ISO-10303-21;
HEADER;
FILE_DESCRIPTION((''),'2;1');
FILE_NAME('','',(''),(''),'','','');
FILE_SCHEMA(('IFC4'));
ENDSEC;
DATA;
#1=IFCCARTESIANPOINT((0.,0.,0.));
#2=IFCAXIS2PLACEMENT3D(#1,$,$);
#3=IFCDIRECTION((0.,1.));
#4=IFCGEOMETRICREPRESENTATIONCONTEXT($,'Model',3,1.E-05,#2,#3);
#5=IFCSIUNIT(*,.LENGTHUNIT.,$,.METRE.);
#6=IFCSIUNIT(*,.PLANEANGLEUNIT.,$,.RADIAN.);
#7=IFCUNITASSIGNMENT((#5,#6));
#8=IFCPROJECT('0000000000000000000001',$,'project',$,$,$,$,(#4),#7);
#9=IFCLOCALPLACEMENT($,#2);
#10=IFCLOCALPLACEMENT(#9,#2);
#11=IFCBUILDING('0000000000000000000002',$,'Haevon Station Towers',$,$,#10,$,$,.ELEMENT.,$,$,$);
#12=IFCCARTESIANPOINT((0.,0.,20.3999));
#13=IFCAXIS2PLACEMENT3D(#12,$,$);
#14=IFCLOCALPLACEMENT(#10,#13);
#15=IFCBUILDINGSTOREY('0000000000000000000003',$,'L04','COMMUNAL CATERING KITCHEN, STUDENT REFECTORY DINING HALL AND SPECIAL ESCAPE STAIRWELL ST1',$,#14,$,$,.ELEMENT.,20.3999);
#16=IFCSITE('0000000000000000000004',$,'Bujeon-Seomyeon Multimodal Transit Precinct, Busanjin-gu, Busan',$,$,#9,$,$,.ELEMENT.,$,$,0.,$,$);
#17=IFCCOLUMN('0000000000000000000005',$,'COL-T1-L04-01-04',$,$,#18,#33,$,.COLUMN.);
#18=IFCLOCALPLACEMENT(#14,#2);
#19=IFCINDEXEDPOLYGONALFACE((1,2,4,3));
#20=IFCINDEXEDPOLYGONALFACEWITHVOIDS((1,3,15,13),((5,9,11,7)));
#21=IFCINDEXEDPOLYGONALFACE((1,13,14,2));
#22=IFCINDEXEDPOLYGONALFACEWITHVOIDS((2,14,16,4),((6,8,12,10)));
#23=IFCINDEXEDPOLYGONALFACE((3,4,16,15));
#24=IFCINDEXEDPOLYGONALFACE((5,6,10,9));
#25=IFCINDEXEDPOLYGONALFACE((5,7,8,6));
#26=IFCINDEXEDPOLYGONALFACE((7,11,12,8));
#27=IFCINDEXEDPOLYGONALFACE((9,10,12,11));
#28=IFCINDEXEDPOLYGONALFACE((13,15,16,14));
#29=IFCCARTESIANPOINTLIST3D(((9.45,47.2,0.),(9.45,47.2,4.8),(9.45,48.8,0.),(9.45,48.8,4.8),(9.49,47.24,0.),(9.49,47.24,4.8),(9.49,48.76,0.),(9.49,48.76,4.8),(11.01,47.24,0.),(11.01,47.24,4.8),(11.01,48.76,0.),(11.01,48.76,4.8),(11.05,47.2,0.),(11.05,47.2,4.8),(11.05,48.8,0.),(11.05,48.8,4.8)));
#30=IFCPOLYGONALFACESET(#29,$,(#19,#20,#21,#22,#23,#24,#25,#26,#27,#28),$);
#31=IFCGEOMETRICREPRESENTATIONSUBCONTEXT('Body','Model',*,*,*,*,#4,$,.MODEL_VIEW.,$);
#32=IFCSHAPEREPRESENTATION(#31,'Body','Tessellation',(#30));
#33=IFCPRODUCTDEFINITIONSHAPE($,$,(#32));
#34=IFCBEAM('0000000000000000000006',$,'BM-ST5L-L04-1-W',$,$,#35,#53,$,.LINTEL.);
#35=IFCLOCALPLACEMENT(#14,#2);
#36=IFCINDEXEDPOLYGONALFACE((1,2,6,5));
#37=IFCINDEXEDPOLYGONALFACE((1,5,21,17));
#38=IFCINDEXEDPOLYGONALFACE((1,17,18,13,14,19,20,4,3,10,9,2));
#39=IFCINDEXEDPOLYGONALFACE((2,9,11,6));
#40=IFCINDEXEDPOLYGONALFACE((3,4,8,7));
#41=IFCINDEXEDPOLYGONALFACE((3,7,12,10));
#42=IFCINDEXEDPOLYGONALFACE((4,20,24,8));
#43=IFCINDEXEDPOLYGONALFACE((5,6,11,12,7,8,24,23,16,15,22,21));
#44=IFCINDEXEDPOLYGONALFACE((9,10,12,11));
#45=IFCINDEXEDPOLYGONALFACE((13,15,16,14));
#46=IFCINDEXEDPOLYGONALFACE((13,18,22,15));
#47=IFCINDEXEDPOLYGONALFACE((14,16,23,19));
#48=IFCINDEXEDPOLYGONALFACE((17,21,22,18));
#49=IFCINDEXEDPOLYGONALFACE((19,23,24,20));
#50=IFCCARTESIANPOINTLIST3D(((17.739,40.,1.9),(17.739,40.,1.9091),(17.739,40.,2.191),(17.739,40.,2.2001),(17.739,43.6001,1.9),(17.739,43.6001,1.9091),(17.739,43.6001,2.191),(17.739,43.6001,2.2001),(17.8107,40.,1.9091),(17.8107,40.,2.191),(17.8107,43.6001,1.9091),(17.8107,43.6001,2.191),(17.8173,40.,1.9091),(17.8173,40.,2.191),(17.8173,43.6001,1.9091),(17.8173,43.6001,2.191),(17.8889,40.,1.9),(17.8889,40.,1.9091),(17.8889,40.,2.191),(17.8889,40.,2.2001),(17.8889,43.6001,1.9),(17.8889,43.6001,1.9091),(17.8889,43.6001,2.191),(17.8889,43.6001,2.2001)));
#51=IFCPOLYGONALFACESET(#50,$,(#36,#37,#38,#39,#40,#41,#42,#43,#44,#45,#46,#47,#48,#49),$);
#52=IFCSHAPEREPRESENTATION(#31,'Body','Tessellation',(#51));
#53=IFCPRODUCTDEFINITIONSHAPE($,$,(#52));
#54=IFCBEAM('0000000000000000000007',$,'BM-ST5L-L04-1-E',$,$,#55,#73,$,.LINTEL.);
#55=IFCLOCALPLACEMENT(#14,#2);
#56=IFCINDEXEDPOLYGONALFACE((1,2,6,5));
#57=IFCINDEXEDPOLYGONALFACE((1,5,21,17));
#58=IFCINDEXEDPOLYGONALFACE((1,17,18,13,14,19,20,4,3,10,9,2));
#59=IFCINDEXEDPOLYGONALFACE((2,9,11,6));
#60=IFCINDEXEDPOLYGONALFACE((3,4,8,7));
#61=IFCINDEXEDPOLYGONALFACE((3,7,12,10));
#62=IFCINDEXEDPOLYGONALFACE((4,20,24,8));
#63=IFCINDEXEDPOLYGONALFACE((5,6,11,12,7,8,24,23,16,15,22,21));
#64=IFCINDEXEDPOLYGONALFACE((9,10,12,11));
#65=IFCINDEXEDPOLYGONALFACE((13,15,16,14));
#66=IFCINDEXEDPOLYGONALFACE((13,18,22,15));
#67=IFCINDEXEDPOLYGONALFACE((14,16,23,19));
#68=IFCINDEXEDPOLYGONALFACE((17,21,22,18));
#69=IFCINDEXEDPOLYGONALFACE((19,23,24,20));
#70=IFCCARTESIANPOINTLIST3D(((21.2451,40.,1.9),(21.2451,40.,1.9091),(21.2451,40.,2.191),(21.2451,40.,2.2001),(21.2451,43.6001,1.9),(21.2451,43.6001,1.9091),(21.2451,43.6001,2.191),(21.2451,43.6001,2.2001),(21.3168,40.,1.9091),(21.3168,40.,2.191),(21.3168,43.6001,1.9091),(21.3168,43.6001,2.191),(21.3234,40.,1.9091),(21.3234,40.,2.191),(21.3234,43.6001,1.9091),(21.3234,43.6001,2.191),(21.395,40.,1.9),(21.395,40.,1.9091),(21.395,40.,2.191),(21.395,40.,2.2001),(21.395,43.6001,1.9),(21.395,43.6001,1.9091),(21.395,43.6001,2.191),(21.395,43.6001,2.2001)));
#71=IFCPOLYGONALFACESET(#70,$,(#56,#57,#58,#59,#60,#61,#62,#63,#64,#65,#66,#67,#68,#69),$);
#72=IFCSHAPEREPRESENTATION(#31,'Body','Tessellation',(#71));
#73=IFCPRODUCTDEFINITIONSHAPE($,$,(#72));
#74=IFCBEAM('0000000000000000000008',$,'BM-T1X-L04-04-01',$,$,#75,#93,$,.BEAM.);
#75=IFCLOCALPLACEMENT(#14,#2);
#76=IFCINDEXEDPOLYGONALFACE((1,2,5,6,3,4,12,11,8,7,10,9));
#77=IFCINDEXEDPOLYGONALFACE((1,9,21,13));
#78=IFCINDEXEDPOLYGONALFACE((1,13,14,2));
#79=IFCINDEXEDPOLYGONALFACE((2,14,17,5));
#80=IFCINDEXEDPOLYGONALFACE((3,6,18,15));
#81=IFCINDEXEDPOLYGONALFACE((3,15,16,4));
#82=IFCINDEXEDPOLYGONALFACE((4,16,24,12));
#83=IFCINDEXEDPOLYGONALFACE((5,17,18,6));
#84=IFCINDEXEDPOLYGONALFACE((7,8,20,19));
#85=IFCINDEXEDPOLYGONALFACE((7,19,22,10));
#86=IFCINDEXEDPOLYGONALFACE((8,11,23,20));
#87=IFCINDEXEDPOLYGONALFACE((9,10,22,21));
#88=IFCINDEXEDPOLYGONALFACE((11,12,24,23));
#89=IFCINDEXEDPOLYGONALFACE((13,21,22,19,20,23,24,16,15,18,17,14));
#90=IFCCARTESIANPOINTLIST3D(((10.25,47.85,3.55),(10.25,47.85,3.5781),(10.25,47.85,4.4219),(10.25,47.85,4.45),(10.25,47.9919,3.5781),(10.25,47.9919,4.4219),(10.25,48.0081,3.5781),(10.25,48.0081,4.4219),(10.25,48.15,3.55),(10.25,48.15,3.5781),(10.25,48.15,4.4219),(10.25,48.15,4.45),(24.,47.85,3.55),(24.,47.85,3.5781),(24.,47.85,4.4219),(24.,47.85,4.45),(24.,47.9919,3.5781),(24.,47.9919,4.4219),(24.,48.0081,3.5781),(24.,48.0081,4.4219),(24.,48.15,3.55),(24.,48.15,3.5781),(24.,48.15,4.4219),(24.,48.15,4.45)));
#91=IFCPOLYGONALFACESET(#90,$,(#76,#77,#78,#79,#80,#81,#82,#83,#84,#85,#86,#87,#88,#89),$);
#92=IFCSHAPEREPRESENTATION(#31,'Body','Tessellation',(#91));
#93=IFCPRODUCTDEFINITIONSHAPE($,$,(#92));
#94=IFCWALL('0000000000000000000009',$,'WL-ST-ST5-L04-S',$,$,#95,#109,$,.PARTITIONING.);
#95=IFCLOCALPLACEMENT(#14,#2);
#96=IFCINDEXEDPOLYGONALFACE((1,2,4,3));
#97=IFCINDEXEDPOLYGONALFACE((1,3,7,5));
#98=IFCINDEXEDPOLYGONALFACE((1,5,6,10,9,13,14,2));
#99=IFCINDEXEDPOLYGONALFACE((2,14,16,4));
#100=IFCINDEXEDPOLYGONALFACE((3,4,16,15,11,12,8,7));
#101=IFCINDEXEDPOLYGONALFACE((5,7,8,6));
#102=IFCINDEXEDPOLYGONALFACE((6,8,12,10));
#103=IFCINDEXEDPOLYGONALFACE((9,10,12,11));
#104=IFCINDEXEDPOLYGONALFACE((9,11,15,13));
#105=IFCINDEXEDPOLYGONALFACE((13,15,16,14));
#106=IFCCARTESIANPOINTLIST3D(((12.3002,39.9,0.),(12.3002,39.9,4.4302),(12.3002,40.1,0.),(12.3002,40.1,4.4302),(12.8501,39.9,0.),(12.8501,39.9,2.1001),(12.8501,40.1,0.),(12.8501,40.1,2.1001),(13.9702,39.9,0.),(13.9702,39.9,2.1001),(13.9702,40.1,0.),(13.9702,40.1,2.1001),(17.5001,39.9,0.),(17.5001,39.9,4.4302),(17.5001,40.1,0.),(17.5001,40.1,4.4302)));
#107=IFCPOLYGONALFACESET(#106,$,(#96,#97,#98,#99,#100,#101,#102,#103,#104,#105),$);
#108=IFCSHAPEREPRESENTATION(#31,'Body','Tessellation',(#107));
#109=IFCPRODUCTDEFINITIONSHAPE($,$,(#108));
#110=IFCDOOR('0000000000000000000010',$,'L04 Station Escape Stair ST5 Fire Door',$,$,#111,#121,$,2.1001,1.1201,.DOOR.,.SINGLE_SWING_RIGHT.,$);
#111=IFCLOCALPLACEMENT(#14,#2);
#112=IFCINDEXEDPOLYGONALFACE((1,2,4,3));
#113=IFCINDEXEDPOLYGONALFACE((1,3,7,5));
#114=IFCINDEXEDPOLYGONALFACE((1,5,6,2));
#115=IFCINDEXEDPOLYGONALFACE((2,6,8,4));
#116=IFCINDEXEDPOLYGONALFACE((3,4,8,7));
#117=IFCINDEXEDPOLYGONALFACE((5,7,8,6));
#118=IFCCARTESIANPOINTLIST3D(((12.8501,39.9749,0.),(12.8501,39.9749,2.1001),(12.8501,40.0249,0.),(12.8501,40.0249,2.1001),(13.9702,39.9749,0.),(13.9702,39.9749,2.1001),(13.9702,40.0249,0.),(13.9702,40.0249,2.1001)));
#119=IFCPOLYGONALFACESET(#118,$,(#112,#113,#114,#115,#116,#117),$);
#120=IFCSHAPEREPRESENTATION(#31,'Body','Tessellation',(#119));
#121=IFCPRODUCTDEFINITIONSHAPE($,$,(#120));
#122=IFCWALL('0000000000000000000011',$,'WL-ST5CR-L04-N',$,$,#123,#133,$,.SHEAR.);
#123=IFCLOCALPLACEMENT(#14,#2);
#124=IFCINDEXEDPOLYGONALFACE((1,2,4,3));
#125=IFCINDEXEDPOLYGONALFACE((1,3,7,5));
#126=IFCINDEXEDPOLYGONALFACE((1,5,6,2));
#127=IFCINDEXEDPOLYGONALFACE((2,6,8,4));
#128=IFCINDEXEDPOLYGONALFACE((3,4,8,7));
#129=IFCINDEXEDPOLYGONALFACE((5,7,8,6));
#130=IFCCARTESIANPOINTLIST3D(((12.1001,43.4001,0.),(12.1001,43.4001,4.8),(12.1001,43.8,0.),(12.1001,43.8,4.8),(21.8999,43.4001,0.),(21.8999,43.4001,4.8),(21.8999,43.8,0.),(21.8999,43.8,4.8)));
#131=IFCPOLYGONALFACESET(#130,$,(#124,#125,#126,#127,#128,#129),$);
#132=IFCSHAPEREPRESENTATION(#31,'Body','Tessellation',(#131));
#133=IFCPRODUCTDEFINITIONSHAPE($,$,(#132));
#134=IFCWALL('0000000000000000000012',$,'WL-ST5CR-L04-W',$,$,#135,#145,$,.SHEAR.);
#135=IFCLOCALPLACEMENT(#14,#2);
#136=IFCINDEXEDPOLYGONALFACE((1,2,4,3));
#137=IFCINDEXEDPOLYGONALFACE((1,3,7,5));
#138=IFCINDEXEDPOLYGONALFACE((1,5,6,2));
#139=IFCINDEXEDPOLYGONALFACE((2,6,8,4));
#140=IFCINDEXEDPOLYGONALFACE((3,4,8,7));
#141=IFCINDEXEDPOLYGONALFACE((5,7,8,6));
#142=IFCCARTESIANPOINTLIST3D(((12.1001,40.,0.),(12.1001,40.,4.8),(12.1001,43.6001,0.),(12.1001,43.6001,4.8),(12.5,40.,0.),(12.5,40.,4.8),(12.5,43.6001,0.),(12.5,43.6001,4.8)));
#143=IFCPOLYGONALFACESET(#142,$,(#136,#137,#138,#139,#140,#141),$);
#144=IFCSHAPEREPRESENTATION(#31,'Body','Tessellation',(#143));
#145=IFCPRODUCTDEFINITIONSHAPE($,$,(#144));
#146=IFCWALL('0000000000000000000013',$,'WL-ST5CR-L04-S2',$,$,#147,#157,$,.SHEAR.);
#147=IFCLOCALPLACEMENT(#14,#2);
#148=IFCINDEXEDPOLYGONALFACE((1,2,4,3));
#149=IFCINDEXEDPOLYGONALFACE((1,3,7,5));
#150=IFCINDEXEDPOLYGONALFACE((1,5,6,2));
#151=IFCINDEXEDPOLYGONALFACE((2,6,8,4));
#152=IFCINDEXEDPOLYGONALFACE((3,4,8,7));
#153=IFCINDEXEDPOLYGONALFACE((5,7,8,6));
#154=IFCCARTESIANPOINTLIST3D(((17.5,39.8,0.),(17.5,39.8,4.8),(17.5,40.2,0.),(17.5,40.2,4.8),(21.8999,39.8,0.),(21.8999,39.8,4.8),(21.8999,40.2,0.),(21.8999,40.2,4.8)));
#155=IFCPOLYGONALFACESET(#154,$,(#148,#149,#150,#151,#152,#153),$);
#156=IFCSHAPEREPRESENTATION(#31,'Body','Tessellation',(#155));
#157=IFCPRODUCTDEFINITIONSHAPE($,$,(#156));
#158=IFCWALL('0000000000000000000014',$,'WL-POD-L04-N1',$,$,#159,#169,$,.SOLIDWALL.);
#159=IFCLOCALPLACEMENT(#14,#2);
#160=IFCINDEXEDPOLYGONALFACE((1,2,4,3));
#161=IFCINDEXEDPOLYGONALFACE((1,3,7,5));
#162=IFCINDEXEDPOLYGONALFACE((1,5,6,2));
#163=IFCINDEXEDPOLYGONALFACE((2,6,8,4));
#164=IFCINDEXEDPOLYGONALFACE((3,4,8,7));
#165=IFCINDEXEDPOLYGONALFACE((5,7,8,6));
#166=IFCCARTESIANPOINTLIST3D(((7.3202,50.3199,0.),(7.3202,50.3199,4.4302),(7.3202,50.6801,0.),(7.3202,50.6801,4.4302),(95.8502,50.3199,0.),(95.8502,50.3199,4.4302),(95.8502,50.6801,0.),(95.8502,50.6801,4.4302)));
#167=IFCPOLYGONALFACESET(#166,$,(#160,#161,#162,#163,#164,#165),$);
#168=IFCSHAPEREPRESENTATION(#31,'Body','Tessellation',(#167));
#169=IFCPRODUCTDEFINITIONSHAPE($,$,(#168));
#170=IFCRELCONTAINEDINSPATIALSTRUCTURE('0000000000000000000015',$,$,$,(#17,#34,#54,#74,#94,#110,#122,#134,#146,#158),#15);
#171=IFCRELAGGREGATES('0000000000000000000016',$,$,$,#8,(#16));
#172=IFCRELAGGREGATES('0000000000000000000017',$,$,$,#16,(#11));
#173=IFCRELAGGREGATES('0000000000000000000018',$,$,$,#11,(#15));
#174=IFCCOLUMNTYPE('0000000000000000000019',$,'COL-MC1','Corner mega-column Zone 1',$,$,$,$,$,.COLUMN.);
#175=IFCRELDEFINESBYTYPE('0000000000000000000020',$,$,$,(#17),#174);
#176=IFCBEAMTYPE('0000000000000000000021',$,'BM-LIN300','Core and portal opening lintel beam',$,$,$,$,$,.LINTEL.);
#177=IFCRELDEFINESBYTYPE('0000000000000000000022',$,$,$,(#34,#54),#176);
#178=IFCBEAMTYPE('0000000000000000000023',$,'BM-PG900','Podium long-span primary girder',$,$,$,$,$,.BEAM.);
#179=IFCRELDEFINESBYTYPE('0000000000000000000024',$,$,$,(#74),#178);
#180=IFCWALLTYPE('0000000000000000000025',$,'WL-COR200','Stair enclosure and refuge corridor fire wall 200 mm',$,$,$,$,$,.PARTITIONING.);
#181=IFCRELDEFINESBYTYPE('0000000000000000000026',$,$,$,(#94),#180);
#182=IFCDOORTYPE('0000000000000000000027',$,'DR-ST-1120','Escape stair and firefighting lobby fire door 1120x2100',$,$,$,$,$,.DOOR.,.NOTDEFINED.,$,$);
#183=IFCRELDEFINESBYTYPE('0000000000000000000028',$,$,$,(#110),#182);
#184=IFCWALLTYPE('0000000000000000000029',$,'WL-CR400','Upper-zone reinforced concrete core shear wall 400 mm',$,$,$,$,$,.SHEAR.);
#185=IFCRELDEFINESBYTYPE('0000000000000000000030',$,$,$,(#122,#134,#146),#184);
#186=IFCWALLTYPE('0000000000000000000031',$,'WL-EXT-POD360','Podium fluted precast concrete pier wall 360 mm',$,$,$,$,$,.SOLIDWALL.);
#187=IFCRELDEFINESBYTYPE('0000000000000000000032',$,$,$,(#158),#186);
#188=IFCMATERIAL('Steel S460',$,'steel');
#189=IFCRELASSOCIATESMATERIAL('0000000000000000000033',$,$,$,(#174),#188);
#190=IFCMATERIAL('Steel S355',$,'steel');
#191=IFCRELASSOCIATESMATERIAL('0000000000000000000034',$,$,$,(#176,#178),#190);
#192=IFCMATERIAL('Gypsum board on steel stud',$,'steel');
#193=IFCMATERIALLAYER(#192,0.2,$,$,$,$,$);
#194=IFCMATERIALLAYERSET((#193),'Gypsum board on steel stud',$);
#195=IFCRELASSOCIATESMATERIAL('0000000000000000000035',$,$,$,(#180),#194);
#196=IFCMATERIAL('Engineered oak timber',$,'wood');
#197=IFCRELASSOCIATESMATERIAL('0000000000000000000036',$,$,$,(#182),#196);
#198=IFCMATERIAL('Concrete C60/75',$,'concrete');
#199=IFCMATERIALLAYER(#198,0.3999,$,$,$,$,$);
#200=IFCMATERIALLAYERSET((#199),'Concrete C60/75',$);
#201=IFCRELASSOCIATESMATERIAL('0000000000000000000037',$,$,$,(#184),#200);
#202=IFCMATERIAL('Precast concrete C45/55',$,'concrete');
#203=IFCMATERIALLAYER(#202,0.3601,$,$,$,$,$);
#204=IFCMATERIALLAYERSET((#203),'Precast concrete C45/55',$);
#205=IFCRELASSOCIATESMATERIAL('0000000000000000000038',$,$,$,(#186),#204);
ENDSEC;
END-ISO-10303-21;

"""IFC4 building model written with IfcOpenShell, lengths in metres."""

from ifc_helpers import new_model, si_unit, direction, frame, frame_2d, origin, origin_2d, place, context, subcontext, project, spatial, rectangle, hollow_rectangle, i_section, extrude, material, layer, layer_set, material_profile, profile_set, type_object, element, fill, save


model = new_model("IFC4")

# Units and contexts
model_context = context("Model", 3, precision=1e-05, world=origin(), true_north=direction((0.0, 1.0)))
body_context = subcontext(model_context, "Body", "Model", "MODEL_VIEW")
ifc_project = project(units=[si_unit("LENGTHUNIT", "METRE"), si_unit("PLANEANGLEUNIT", "RADIAN")], contexts=[model_context])

# Site, building, storey
site_placement = place(None, origin())
site = spatial("IfcSite", under=ifc_project, at=site_placement, Name="Bujeon-Seomyeon Multimodal Transit Precinct, Busanjin-gu, Busan", CompositionType="ELEMENT", RefElevation=0.0)
building_placement = place(site_placement, origin())
building = spatial("IfcBuilding", under=site, at=building_placement, Name="Haevon Station Towers", CompositionType="ELEMENT")
storey_placement = place(building_placement, frame((0.0, 0.0, 20.3999)))
storey = spatial("IfcBuildingStorey", under=building, at=storey_placement, Name="L04", Description="COMMUNAL CATERING KITCHEN, STUDENT REFECTORY DINING HALL AND SPECIAL ESCAPE STAIRWELL ST1", CompositionType="ELEMENT", Elevation=20.3999)

# Column
ifc_material_1 = material(Name="Steel S460", Category="steel")
ifc_material_profile_1 = material_profile(ifc_material_1, hollow_rectangle(XDim=1.6001, YDim=1.6001, WallThickness=0.04, at=origin_2d()), Name="BOX-1600x1600x40")
ifc_profile_set_1 = profile_set([ifc_material_profile_1], Name="Steel S460")
column_type = type_object("IfcColumnType", Name="COL-MC1", Description="Corner mega-column Zone 1", PredefinedType="COLUMN", material=ifc_profile_set_1)
column_placement = place(storey_placement, frame((10.25, 48.0, 0.0), z_axis=(0.0, 0.0, 1.0), x_axis=(1.0, 0.0, 0.0)))
element("IfcColumn", 1, at=column_placement, inside=storey, type_object=column_type, Name="COL-T1-L04-01-04", PredefinedType="COLUMN", context=body_context, shape_type="SweptSolid", body=[
    extrude(hollow_rectangle(XDim=1.6001, YDim=1.6001, WallThickness=0.04, at=origin_2d()), origin(), (0.0, 0.0, 1.0), 4.8),
])

# Beams
ifc_material_2 = material(Name="Steel S355", Category="steel")
ifc_material_profile_2 = material_profile(ifc_material_2, i_section(OverallWidth=0.1499, OverallDepth=0.3, WebThickness=0.0066, FlangeThickness=0.009, at=origin_2d()), Name="H-300x150x6.5x9")
ifc_profile_set_2 = profile_set([ifc_material_profile_2], Name="Steel S355")
beam_type_1 = type_object("IfcBeamType", Name="BM-LIN300", Description="Core and portal opening lintel beam", PredefinedType="LINTEL", material=ifc_profile_set_2)
for number, where, z_axis, x_axis, name in (
    (2, (17.814, 40.0, 2.05), (0.0, 1.0, 0.0), (-1.0, 0.0, 0.0), "BM-ST5L-L04-1-W"),
    (3, (21.3201, 40.0, 2.05), (0.0, 1.0, 0.0), (-1.0, 0.0, 0.0), "BM-ST5L-L04-1-E"),
):
    element("IfcBeam", number, at=place(storey_placement, frame(where, z_axis=z_axis, x_axis=x_axis)), inside=storey, type_object=beam_type_1, Name=name, PredefinedType="LINTEL", context=body_context, shape_type="SweptSolid", body=[
        extrude(i_section(OverallWidth=0.1499, OverallDepth=0.3, WebThickness=0.0066, FlangeThickness=0.009, at=origin_2d()), origin(), (0.0, 0.0, 1.0), 3.6001),
    ])
ifc_material_profile_3 = material_profile(ifc_material_2, i_section(OverallWidth=0.3, OverallDepth=0.8999, WebThickness=0.0161, FlangeThickness=0.0281, at=origin_2d()), Name="H-900x300x16x28")
ifc_profile_set_3 = profile_set([ifc_material_profile_3], Name="Steel S355")
beam_type_2 = type_object("IfcBeamType", Name="BM-PG900", Description="Podium long-span primary girder", PredefinedType="BEAM", material=ifc_profile_set_3)
beam_placement = place(storey_placement, frame((10.25, 48.0, 4.0), z_axis=(1.0, 0.0, 0.0), x_axis=(0.0, 1.0, 0.0)))
element("IfcBeam", 4, at=beam_placement, inside=storey, type_object=beam_type_2, Name="BM-T1X-L04-04-01", PredefinedType="BEAM", context=body_context, shape_type="SweptSolid", body=[
    extrude(i_section(OverallWidth=0.3, OverallDepth=0.8999, WebThickness=0.0161, FlangeThickness=0.0281, at=origin_2d()), origin(), (0.0, 0.0, 1.0), 13.75),
])

# Wall, opening, door
ifc_material_3 = material(Name="Gypsum board on steel stud", Category="steel")
ifc_layer_1 = layer(ifc_material_3, 0.2)
ifc_layer_set_1 = layer_set([ifc_layer_1], Name="Gypsum board on steel stud")
wall_type_1 = type_object("IfcWallType", Name="WL-COR200", Description="Stair enclosure and refuge corridor fire wall 200 mm", PredefinedType="PARTITIONING", material=ifc_layer_set_1)
wall_1_placement = place(storey_placement, frame((12.3, 40.0, 0.0), z_axis=(0.0, 0.0, 1.0), x_axis=(1.0, 0.0, 0.0)))
wall_1 = element("IfcWall", 5, at=wall_1_placement, inside=storey, type_object=wall_type_1, Name="WL-ST-ST5-L04-S", PredefinedType="PARTITIONING", context=body_context, shape_type="SweptSolid", body=[
    extrude(rectangle(XDim=5.2, YDim=0.2, at=frame_2d((2.6001, 0.0))), origin(), (0.0, 0.0, 1.0), 4.4302),
])
opening_1_placement = place(wall_1_placement, frame((0.55, 0.0, 0.0)))
opening_1 = element("IfcOpeningElement", 6, at=opening_1_placement, cuts=wall_1, PredefinedType="OPENING", context=body_context, shape_type="SweptSolid", body=[
    extrude(rectangle(XDim=1.1201, YDim=2.1001, at=frame_2d((0.5601, 1.05))), frame((0.0, 0.1099, 0.0), z_axis=(0.0, -1.0, 0.0), x_axis=(1.0, 0.0, 0.0)), (0.0, 0.0, 1.0), 0.22),
])
ifc_material_4 = material(Name="Engineered oak timber", Category="wood")
door_type_1 = type_object("IfcDoorType", Name="DR-ST-1120", Description="Escape stair and firefighting lobby fire door 1120x2100", OperationType="NOTDEFINED", PredefinedType="DOOR", material=ifc_material_4)
door_1_placement = place(opening_1_placement, origin())
door_1 = element("IfcDoor", 7, at=door_1_placement, inside=storey, type_object=door_type_1, Name="L04 Station Escape Stair ST5 Fire Door", OperationType="SINGLE_SWING_RIGHT", OverallHeight=2.1001, OverallWidth=1.1201, PredefinedType="DOOR", context=body_context, shape_type="SweptSolid", body=[
    extrude(rectangle(XDim=1.1201, YDim=2.1001, at=frame_2d((0.5601, 1.05))), frame((0.0, 0.0249, 0.0), z_axis=(0.0, -1.0, 0.0), x_axis=(1.0, 0.0, 0.0)), (0.0, 0.0, 1.0), 0.05),
])
fill(opening_1, door_1)

# Walls
ifc_material_5 = material(Name="Concrete C60/75", Category="concrete")
ifc_layer_2 = layer(ifc_material_5, 0.3999)
ifc_layer_set_2 = layer_set([ifc_layer_2], Name="Concrete C60/75")
wall_type_2 = type_object("IfcWallType", Name="WL-CR400", Description="Upper-zone reinforced concrete core shear wall 400 mm", PredefinedType="SHEAR", material=ifc_layer_set_2)
wall_2_placement = place(storey_placement, frame((12.1001, 43.6001, 0.0), z_axis=(0.0, 0.0, 1.0), x_axis=(1.0, 0.0, 0.0)))
element("IfcWall", 8, at=wall_2_placement, inside=storey, type_object=wall_type_2, Name="WL-ST5CR-L04-N", PredefinedType="SHEAR", context=body_context, shape_type="SweptSolid", body=[
    extrude(rectangle(XDim=9.7998, YDim=0.3999, at=frame_2d((4.8999, 0.0))), origin(), (0.0, 0.0, 1.0), 4.8),
])
wall_3_placement = place(storey_placement, frame((12.3, 40.0, 0.0), z_axis=(0.0, 0.0, 1.0), x_axis=(0.0, 1.0, 0.0)))
element("IfcWall", 9, at=wall_3_placement, inside=storey, type_object=wall_type_2, Name="WL-ST5CR-L04-W", PredefinedType="SHEAR", context=body_context, shape_type="SweptSolid", body=[
    extrude(rectangle(XDim=3.6001, YDim=0.3999, at=frame_2d((1.8, 0.0))), origin(), (0.0, 0.0, 1.0), 4.8),
])
wall_4_placement = place(storey_placement, frame((17.5, 40.0, 0.0), z_axis=(0.0, 0.0, 1.0), x_axis=(1.0, 0.0, 0.0)))
element("IfcWall", 10, at=wall_4_placement, inside=storey, type_object=wall_type_2, Name="WL-ST5CR-L04-S2", PredefinedType="SHEAR", context=body_context, shape_type="SweptSolid", body=[
    extrude(rectangle(XDim=4.3999, YDim=0.3999, at=frame_2d((2.2, 0.0))), origin(), (0.0, 0.0, 1.0), 4.8),
])
ifc_material_6 = material(Name="Precast concrete C45/55", Category="concrete")
ifc_layer_3 = layer(ifc_material_6, 0.3601)
ifc_layer_set_3 = layer_set([ifc_layer_3], Name="Precast concrete C45/55")
wall_type_3 = type_object("IfcWallType", Name="WL-EXT-POD360", Description="Podium fluted precast concrete pier wall 360 mm", PredefinedType="SOLIDWALL", material=ifc_layer_set_3)
wall_5_placement = place(storey_placement, frame((7.3201, 50.5, 0.0), z_axis=(0.0, 0.0, 1.0), x_axis=(1.0, 0.0, 0.0)))
element("IfcWall", 11, at=wall_5_placement, inside=storey, type_object=wall_type_3, Name="WL-POD-L04-N1", PredefinedType="SOLIDWALL", context=body_context, shape_type="SweptSolid", body=[
    extrude(rectangle(XDim=88.53, YDim=0.3601, at=frame_2d((44.2651, 0.0))), origin(), (0.0, 0.0, 1.0), 4.4302),
])

save(model, "model.ifc")
